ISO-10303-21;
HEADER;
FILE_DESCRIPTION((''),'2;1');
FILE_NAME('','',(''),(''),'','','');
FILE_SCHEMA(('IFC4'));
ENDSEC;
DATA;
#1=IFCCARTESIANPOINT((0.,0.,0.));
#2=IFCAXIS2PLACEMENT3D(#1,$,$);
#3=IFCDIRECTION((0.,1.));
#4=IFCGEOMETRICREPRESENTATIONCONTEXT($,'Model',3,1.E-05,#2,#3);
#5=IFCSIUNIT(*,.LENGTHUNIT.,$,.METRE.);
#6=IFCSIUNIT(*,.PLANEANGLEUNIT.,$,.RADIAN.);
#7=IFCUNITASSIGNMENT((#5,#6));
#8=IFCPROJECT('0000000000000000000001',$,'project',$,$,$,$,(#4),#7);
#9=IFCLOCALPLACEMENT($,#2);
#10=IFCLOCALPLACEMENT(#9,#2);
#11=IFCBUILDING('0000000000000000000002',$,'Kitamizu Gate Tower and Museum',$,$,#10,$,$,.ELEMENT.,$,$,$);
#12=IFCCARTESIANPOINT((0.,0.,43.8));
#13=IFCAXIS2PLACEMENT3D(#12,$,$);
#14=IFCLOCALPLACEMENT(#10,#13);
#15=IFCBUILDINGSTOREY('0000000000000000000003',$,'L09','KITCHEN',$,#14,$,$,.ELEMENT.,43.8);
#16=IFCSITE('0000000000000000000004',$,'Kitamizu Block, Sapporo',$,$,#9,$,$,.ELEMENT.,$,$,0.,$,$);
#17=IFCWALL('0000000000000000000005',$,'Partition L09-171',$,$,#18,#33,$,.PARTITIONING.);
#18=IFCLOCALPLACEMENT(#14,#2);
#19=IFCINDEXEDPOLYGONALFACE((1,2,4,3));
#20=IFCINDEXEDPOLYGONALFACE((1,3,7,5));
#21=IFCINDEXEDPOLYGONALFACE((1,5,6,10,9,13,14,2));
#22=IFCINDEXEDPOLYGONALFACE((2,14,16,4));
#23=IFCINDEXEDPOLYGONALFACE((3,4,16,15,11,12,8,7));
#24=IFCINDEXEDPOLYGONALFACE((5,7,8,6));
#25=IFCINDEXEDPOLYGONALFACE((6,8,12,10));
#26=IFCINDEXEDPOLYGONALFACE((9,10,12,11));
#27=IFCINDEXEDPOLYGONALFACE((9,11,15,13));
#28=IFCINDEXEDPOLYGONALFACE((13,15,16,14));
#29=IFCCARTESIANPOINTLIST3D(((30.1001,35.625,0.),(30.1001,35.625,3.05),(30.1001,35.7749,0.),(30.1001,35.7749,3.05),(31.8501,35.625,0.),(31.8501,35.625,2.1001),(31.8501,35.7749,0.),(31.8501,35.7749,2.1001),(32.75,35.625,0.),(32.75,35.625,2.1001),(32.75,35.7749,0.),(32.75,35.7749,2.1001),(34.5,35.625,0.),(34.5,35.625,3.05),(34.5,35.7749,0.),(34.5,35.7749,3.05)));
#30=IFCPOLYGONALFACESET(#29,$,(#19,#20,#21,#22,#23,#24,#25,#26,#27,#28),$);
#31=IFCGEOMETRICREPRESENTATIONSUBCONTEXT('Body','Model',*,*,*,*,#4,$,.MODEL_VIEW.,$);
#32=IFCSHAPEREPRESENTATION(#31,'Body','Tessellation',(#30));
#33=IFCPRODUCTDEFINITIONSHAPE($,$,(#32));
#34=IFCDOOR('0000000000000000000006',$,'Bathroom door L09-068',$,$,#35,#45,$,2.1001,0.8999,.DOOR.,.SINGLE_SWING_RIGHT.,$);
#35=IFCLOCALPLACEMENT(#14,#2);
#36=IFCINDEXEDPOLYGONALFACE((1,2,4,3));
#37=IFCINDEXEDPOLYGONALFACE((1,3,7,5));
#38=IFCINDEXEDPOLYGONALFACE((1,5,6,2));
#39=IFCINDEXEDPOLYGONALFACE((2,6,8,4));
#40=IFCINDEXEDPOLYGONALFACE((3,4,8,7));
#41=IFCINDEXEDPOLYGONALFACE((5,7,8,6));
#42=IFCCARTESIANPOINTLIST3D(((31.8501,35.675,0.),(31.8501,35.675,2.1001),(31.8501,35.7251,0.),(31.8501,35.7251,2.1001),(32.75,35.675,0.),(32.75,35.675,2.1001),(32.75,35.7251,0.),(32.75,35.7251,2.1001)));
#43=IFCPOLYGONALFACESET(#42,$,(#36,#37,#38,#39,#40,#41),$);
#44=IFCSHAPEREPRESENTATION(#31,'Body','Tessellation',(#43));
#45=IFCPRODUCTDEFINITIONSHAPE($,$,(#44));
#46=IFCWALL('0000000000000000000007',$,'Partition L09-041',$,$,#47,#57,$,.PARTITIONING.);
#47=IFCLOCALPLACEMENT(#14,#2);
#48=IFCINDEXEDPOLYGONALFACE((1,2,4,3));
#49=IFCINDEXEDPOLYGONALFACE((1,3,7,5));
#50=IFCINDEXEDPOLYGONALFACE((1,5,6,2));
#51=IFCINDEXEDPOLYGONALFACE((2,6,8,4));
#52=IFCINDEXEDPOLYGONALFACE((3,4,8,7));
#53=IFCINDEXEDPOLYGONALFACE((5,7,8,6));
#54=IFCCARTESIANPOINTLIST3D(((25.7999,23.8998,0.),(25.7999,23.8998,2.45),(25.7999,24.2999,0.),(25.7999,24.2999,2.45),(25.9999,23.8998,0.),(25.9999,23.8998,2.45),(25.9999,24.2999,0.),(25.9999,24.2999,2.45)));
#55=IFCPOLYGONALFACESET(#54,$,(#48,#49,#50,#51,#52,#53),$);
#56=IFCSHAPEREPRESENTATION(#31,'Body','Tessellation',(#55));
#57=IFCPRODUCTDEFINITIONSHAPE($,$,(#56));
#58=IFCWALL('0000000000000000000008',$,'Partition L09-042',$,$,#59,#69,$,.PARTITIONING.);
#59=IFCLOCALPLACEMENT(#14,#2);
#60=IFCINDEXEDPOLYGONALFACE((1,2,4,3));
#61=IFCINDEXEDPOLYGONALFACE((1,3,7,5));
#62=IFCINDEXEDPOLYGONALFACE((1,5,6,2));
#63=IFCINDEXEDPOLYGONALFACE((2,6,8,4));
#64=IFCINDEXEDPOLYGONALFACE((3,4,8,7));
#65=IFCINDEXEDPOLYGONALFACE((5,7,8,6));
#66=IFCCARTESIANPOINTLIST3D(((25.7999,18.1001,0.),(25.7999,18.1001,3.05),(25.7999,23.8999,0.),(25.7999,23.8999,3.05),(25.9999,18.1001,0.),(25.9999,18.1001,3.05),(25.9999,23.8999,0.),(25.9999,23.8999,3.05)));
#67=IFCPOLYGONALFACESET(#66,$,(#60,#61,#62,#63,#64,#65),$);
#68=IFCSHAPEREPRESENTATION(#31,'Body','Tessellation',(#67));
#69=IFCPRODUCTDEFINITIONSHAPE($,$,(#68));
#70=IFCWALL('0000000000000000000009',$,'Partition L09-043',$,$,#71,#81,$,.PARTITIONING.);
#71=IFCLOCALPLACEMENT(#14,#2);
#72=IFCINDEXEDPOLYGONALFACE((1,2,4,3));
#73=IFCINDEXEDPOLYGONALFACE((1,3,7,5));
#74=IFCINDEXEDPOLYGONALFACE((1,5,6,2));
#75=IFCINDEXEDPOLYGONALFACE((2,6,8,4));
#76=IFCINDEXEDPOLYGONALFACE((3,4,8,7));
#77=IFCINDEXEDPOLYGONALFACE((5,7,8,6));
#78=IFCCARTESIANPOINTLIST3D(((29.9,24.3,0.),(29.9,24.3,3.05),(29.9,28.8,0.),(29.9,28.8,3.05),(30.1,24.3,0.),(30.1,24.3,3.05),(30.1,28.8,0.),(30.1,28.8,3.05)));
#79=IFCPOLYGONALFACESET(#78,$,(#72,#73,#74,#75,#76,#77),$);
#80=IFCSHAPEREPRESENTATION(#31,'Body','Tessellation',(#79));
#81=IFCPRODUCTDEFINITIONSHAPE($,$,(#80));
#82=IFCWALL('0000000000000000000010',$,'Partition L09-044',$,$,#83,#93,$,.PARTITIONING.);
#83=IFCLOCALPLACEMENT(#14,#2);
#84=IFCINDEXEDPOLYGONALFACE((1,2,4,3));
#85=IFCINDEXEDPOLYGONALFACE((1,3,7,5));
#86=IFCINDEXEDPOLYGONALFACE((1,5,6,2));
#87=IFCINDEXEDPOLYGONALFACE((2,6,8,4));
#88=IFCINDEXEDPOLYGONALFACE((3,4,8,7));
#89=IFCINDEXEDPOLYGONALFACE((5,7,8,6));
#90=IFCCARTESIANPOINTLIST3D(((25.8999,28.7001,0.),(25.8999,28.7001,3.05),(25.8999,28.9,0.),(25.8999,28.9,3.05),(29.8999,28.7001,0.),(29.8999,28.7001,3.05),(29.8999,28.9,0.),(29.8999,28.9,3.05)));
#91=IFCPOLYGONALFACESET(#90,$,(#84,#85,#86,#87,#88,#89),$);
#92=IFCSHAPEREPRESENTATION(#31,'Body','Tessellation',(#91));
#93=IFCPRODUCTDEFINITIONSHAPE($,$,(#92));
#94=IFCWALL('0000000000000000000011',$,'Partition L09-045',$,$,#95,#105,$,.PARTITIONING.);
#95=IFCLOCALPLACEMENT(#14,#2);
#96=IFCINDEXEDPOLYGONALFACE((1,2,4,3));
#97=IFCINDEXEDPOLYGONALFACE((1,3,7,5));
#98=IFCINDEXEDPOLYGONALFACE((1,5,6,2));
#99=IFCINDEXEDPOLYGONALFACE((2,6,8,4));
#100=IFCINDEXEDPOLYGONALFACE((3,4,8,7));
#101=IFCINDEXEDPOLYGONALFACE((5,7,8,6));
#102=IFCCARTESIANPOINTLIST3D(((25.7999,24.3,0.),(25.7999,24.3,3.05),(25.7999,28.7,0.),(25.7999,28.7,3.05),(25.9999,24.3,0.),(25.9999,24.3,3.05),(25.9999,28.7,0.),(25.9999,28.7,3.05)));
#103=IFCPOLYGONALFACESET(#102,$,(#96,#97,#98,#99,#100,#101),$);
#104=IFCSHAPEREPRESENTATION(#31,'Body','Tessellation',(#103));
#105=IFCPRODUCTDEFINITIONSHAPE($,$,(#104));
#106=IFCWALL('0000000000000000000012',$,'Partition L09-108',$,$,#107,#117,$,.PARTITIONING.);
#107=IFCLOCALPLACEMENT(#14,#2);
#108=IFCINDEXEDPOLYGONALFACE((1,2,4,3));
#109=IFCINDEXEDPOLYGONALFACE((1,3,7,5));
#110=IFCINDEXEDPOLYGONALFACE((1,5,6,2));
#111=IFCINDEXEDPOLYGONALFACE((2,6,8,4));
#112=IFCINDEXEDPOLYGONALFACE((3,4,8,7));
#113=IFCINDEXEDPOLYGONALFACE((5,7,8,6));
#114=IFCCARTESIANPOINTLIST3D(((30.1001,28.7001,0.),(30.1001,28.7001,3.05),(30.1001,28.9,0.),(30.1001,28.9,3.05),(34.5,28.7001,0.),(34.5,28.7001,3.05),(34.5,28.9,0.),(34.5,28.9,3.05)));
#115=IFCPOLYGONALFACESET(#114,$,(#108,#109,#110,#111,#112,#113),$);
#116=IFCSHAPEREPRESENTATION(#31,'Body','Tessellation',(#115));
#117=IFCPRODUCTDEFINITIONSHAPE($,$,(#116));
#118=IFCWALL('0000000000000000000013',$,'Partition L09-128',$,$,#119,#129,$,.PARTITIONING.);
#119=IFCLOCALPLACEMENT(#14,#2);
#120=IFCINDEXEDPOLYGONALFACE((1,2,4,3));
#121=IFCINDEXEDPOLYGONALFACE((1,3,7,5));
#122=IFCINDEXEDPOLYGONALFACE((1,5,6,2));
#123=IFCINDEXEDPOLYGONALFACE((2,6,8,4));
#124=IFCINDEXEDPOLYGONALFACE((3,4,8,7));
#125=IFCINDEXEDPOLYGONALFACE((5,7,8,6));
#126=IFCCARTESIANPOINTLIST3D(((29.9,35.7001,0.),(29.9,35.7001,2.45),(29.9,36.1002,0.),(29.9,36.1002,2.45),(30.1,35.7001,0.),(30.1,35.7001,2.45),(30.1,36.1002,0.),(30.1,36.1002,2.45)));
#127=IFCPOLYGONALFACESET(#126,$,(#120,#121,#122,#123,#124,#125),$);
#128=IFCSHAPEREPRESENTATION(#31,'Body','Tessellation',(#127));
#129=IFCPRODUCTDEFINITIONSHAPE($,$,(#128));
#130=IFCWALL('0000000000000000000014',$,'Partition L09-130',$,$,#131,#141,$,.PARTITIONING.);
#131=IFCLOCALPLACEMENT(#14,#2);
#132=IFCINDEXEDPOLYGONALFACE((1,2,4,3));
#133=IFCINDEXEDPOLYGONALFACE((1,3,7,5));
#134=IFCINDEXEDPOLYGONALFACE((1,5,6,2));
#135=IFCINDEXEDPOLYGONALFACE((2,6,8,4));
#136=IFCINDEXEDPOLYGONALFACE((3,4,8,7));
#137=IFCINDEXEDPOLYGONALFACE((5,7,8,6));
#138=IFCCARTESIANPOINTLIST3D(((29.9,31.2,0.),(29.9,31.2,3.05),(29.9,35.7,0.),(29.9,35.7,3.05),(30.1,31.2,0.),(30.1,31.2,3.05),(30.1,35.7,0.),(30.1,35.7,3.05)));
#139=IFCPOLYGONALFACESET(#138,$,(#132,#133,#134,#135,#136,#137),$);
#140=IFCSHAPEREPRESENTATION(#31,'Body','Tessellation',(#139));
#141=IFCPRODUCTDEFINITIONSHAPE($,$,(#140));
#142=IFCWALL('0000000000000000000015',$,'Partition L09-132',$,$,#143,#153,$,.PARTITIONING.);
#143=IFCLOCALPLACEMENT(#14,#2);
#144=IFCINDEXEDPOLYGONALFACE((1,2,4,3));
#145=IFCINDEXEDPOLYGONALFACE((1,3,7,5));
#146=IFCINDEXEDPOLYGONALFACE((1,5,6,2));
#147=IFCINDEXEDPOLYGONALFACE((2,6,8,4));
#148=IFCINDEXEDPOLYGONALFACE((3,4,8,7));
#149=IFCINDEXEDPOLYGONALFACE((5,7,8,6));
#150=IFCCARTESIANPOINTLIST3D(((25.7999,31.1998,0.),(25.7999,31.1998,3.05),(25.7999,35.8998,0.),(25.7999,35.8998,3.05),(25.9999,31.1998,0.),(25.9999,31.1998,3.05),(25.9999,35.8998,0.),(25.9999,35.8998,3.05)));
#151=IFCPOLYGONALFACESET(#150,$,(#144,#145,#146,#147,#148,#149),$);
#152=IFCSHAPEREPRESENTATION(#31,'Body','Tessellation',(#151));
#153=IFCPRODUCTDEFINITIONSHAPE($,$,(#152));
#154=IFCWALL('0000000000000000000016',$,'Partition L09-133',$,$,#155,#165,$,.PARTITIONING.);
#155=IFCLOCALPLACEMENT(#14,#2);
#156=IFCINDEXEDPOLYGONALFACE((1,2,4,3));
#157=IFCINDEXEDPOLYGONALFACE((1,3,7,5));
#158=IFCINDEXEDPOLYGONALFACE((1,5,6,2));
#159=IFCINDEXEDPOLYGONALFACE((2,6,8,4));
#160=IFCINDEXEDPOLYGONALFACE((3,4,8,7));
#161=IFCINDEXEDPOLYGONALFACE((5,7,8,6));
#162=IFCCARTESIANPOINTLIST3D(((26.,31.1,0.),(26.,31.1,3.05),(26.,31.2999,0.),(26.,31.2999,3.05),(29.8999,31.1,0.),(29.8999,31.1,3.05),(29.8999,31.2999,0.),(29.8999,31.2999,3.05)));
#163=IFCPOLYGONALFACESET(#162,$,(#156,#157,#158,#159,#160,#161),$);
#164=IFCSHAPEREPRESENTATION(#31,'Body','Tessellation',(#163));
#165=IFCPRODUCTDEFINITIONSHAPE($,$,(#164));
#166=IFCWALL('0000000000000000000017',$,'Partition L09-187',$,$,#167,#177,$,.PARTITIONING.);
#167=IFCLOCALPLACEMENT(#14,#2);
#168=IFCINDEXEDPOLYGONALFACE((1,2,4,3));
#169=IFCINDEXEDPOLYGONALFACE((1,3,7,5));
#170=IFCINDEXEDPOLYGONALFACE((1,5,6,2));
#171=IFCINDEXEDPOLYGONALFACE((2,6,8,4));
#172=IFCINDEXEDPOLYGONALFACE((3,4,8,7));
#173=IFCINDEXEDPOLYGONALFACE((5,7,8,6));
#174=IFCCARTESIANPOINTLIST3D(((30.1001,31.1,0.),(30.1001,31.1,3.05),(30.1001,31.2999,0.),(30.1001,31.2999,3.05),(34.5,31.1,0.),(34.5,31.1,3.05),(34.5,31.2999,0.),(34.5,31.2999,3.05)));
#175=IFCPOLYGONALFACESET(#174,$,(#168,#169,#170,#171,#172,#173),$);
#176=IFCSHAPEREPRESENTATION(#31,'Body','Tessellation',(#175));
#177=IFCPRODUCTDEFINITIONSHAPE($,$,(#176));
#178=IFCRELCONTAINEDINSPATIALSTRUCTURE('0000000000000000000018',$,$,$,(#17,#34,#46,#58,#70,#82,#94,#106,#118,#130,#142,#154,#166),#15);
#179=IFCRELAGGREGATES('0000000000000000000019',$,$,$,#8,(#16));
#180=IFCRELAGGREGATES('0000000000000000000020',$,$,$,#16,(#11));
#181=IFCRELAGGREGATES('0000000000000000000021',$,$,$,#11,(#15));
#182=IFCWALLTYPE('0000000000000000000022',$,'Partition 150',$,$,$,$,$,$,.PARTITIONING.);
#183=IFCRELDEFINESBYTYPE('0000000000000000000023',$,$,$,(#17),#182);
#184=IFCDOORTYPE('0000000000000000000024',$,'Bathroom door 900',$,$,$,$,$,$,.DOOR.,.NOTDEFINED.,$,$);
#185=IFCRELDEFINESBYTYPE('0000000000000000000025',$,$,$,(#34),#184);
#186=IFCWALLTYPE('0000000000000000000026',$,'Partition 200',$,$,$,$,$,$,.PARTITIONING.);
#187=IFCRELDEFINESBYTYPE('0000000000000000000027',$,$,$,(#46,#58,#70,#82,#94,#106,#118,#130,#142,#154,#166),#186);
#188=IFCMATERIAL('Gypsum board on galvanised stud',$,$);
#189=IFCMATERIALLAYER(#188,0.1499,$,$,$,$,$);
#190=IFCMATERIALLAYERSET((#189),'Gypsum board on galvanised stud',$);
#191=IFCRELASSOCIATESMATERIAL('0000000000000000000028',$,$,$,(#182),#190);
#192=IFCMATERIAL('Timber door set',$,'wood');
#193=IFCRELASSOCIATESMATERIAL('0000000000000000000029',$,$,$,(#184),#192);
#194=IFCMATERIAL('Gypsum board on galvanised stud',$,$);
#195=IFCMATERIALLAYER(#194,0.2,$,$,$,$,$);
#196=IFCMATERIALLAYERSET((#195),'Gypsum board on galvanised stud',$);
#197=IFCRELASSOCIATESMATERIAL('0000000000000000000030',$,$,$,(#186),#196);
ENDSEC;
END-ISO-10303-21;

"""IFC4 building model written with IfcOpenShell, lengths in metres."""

from ifc_helpers import new_model, si_unit, direction, frame, frame_2d, origin, place, context, subcontext, project, spatial, rectangle, extrude, material, layer, layer_set, type_object, element, fill, save


model = new_model("IFC4")

# Units and contexts
model_context = context("Model", 3, precision=1e-05, world=origin(), true_north=direction((0.0, 1.0)))
body_context = subcontext(model_context, "Body", "Model", "MODEL_VIEW")
ifc_project = project(units=[si_unit("LENGTHUNIT", "METRE"), si_unit("PLANEANGLEUNIT", "RADIAN")], contexts=[model_context])

# Site, building, storey
site_placement = place(None, origin())
site = spatial("IfcSite", under=ifc_project, at=site_placement, Name="Kitamizu Block, Sapporo", CompositionType="ELEMENT", RefElevation=0.0)
building_placement = place(site_placement, origin())
building = spatial("IfcBuilding", under=site, at=building_placement, Name="Kitamizu Gate Tower and Museum", CompositionType="ELEMENT")
storey_placement = place(building_placement, frame((0.0, 0.0, 43.8)))
storey = spatial("IfcBuildingStorey", under=building, at=storey_placement, Name="L09", Description="KITCHEN", CompositionType="ELEMENT", Elevation=43.8)

# Shared definitions
ifc_material_1 = material(Name="Gypsum board on galvanised stud")
ifc_layer_1 = layer(ifc_material_1, 0.1499)
ifc_layer_set_1 = layer_set([ifc_layer_1], Name="Gypsum board on galvanised stud")
wall_type_1 = type_object("IfcWallType", Name="Partition 150", PredefinedType="PARTITIONING", material=ifc_layer_set_1)
ifc_material_2 = material(Name="Timber door set", Category="wood")
door_type_1 = type_object("IfcDoorType", Name="Bathroom door 900", OperationType="NOTDEFINED", PredefinedType="DOOR", material=ifc_material_2)

# Wall, opening, door
wall_1_placement = place(storey_placement, frame((30.1001, 35.7, 0.0), z_axis=(0.0, 0.0, 1.0), x_axis=(1.0, 0.0, 0.0)))
wall_1 = element("IfcWall", 1, at=wall_1_placement, inside=storey, type_object=wall_type_1, Name="Partition L09-171", PredefinedType="PARTITIONING", context=body_context, shape_type="SweptSolid", body=[
    extrude(rectangle(XDim=4.3999, YDim=0.1499, at=frame_2d((2.2, 0.0))), origin(), (0.0, 0.0, 1.0), 3.05),
])
opening_1_placement = place(wall_1_placement, frame((1.75, 0.0, 0.0)))
opening_1 = element("IfcOpeningElement", 2, at=opening_1_placement, cuts=wall_1, PredefinedType="OPENING", context=body_context, shape_type="SweptSolid", body=[
    extrude(rectangle(XDim=0.8999, YDim=2.1001, at=frame_2d((0.45, 1.05))), frame((0.0, 0.085, 0.0), z_axis=(0.0, -1.0, 0.0), x_axis=(1.0, 0.0, 0.0)), (0.0, 0.0, 1.0), 0.1699),
])
door_1_placement = place(opening_1_placement, frame((0.8999, 0.0, 0.0), x_axis=(-1.0, 0.0, 0.0)))
door_1 = element("IfcDoor", 3, at=door_1_placement, inside=storey, type_object=door_type_1, Name="Bathroom door L09-068", OperationType="SINGLE_SWING_RIGHT", OverallHeight=2.1001, OverallWidth=0.8999, PredefinedType="DOOR", context=body_context, shape_type="SweptSolid", body=[
    extrude(rectangle(XDim=0.8999, YDim=2.1001, at=frame_2d((0.45, 1.05))), frame((0.0, 0.0249, 0.0), z_axis=(0.0, -1.0, 0.0), x_axis=(1.0, 0.0, 0.0)), (0.0, 0.0, 1.0), 0.05),
])
fill(opening_1, door_1)

# Walls
ifc_material_3 = material(Name="Gypsum board on galvanised stud")
ifc_layer_2 = layer(ifc_material_3, 0.2)
ifc_layer_set_2 = layer_set([ifc_layer_2], Name="Gypsum board on galvanised stud")
wall_type_2 = type_object("IfcWallType", Name="Partition 200", PredefinedType="PARTITIONING", material=ifc_layer_set_2)
wall_2_placement = place(storey_placement, frame((25.8999, 24.3, 0.0), z_axis=(0.0, 0.0, 1.0), x_axis=(0.0, -1.0, 0.0)))
element("IfcWall", 4, at=wall_2_placement, inside=storey, type_object=wall_type_2, Name="Partition L09-041", PredefinedType="PARTITIONING", context=body_context, shape_type="SweptSolid", body=[
    extrude(rectangle(XDim=0.4001, YDim=0.2, at=frame_2d((0.2002, 0.0))), origin(), (0.0, 0.0, 1.0), 2.45),
])
wall_3_placement = place(storey_placement, frame((25.8999, 23.8999, 0.0), z_axis=(0.0, 0.0, 1.0), x_axis=(0.0, -1.0, 0.0)))
element("IfcWall", 5, at=wall_3_placement, inside=storey, type_object=wall_type_2, Name="Partition L09-042", PredefinedType="PARTITIONING", context=body_context, shape_type="SweptSolid", body=[
    extrude(rectangle(XDim=5.7998, YDim=0.2, at=frame_2d((2.8999, 0.0))), origin(), (0.0, 0.0, 1.0), 3.05),
])
wall_4_placement = place(storey_placement, frame((30.0, 24.3, 0.0), z_axis=(0.0, 0.0, 1.0), x_axis=(0.0, 1.0, 0.0)))
element("IfcWall", 6, at=wall_4_placement, inside=storey, type_object=wall_type_2, Name="Partition L09-043", PredefinedType="PARTITIONING", context=body_context, shape_type="SweptSolid", body=[
    extrude(rectangle(XDim=4.5, YDim=0.2, at=frame_2d((2.25, 0.0))), origin(), (0.0, 0.0, 1.0), 3.05),
])
wall_5_placement = place(storey_placement, frame((29.8999, 28.8, 0.0), z_axis=(0.0, 0.0, 1.0), x_axis=(-1.0, 0.0, 0.0)))
element("IfcWall", 7, at=wall_5_placement, inside=storey, type_object=wall_type_2, Name="Partition L09-044", PredefinedType="PARTITIONING", context=body_context, shape_type="SweptSolid", body=[
    extrude(rectangle(XDim=4.0, YDim=0.2, at=frame_2d((2.0, 0.0))), origin(), (0.0, 0.0, 1.0), 3.05),
])
for number, where, z_axis, x_axis, name in (
    (8, (25.8999, 28.7, 0.0), (0.0, 0.0, 1.0), (0.0, -1.0, 0.0), "Partition L09-045"),
    (9, (34.5, 28.8, 0.0), (0.0, 0.0, 1.0), (-1.0, 0.0, 0.0), "Partition L09-108"),
):
    element("IfcWall", number, at=place(storey_placement, frame(where, z_axis=z_axis, x_axis=x_axis)), inside=storey, type_object=wall_type_2, Name=name, PredefinedType="PARTITIONING", context=body_context, shape_type="SweptSolid", body=[
        extrude(rectangle(XDim=4.3999, YDim=0.2, at=frame_2d((2.2, 0.0))), origin(), (0.0, 0.0, 1.0), 3.05),
    ])
wall_6_placement = place(storey_placement, frame((30.0, 35.7, 0.0), z_axis=(0.0, 0.0, 1.0), x_axis=(0.0, 1.0, 0.0)))
element("IfcWall", 10, at=wall_6_placement, inside=storey, type_object=wall_type_2, Name="Partition L09-128", PredefinedType="PARTITIONING", context=body_context, shape_type="SweptSolid", body=[
    extrude(rectangle(XDim=0.4001, YDim=0.2, at=frame_2d((0.2002, 0.0))), origin(), (0.0, 0.0, 1.0), 2.45),
])
wall_7_placement = place(storey_placement, frame((30.0, 31.2, 0.0), z_axis=(0.0, 0.0, 1.0), x_axis=(0.0, 1.0, 0.0)))
element("IfcWall", 11, at=wall_7_placement, inside=storey, type_object=wall_type_2, Name="Partition L09-130", PredefinedType="PARTITIONING", context=body_context, shape_type="SweptSolid", body=[
    extrude(rectangle(XDim=4.5, YDim=0.2, at=frame_2d((2.25, 0.0))), origin(), (0.0, 0.0, 1.0), 3.05),
])
wall_8_placement = place(storey_placement, frame((25.8999, 35.8999, 0.0), z_axis=(0.0, 0.0, 1.0), x_axis=(0.0, -1.0, 0.0)))
element("IfcWall", 12, at=wall_8_placement, inside=storey, type_object=wall_type_2, Name="Partition L09-132", PredefinedType="PARTITIONING", context=body_context, shape_type="SweptSolid", body=[
    extrude(rectangle(XDim=4.7, YDim=0.2, at=frame_2d((2.3501, 0.0))), origin(), (0.0, 0.0, 1.0), 3.05),
])
wall_9_placement = place(storey_placement, frame((26.0, 31.2, 0.0), z_axis=(0.0, 0.0, 1.0), x_axis=(1.0, 0.0, 0.0)))
element("IfcWall", 13, at=wall_9_placement, inside=storey, type_object=wall_type_2, Name="Partition L09-133", PredefinedType="PARTITIONING", context=body_context, shape_type="SweptSolid", body=[
    extrude(rectangle(XDim=3.8999, YDim=0.2, at=frame_2d((1.95, 0.0))), origin(), (0.0, 0.0, 1.0), 3.05),
])
wall_10_placement = place(storey_placement, frame((30.1001, 31.2, 0.0), z_axis=(0.0, 0.0, 1.0), x_axis=(1.0, 0.0, 0.0)))
element("IfcWall", 14, at=wall_10_placement, inside=storey, type_object=wall_type_2, Name="Partition L09-187", PredefinedType="PARTITIONING", context=body_context, shape_type="SweptSolid", body=[
    extrude(rectangle(XDim=4.3999, YDim=0.2, at=frame_2d((2.2, 0.0))), origin(), (0.0, 0.0, 1.0), 3.05),
])

save(model, "model.ifc")
